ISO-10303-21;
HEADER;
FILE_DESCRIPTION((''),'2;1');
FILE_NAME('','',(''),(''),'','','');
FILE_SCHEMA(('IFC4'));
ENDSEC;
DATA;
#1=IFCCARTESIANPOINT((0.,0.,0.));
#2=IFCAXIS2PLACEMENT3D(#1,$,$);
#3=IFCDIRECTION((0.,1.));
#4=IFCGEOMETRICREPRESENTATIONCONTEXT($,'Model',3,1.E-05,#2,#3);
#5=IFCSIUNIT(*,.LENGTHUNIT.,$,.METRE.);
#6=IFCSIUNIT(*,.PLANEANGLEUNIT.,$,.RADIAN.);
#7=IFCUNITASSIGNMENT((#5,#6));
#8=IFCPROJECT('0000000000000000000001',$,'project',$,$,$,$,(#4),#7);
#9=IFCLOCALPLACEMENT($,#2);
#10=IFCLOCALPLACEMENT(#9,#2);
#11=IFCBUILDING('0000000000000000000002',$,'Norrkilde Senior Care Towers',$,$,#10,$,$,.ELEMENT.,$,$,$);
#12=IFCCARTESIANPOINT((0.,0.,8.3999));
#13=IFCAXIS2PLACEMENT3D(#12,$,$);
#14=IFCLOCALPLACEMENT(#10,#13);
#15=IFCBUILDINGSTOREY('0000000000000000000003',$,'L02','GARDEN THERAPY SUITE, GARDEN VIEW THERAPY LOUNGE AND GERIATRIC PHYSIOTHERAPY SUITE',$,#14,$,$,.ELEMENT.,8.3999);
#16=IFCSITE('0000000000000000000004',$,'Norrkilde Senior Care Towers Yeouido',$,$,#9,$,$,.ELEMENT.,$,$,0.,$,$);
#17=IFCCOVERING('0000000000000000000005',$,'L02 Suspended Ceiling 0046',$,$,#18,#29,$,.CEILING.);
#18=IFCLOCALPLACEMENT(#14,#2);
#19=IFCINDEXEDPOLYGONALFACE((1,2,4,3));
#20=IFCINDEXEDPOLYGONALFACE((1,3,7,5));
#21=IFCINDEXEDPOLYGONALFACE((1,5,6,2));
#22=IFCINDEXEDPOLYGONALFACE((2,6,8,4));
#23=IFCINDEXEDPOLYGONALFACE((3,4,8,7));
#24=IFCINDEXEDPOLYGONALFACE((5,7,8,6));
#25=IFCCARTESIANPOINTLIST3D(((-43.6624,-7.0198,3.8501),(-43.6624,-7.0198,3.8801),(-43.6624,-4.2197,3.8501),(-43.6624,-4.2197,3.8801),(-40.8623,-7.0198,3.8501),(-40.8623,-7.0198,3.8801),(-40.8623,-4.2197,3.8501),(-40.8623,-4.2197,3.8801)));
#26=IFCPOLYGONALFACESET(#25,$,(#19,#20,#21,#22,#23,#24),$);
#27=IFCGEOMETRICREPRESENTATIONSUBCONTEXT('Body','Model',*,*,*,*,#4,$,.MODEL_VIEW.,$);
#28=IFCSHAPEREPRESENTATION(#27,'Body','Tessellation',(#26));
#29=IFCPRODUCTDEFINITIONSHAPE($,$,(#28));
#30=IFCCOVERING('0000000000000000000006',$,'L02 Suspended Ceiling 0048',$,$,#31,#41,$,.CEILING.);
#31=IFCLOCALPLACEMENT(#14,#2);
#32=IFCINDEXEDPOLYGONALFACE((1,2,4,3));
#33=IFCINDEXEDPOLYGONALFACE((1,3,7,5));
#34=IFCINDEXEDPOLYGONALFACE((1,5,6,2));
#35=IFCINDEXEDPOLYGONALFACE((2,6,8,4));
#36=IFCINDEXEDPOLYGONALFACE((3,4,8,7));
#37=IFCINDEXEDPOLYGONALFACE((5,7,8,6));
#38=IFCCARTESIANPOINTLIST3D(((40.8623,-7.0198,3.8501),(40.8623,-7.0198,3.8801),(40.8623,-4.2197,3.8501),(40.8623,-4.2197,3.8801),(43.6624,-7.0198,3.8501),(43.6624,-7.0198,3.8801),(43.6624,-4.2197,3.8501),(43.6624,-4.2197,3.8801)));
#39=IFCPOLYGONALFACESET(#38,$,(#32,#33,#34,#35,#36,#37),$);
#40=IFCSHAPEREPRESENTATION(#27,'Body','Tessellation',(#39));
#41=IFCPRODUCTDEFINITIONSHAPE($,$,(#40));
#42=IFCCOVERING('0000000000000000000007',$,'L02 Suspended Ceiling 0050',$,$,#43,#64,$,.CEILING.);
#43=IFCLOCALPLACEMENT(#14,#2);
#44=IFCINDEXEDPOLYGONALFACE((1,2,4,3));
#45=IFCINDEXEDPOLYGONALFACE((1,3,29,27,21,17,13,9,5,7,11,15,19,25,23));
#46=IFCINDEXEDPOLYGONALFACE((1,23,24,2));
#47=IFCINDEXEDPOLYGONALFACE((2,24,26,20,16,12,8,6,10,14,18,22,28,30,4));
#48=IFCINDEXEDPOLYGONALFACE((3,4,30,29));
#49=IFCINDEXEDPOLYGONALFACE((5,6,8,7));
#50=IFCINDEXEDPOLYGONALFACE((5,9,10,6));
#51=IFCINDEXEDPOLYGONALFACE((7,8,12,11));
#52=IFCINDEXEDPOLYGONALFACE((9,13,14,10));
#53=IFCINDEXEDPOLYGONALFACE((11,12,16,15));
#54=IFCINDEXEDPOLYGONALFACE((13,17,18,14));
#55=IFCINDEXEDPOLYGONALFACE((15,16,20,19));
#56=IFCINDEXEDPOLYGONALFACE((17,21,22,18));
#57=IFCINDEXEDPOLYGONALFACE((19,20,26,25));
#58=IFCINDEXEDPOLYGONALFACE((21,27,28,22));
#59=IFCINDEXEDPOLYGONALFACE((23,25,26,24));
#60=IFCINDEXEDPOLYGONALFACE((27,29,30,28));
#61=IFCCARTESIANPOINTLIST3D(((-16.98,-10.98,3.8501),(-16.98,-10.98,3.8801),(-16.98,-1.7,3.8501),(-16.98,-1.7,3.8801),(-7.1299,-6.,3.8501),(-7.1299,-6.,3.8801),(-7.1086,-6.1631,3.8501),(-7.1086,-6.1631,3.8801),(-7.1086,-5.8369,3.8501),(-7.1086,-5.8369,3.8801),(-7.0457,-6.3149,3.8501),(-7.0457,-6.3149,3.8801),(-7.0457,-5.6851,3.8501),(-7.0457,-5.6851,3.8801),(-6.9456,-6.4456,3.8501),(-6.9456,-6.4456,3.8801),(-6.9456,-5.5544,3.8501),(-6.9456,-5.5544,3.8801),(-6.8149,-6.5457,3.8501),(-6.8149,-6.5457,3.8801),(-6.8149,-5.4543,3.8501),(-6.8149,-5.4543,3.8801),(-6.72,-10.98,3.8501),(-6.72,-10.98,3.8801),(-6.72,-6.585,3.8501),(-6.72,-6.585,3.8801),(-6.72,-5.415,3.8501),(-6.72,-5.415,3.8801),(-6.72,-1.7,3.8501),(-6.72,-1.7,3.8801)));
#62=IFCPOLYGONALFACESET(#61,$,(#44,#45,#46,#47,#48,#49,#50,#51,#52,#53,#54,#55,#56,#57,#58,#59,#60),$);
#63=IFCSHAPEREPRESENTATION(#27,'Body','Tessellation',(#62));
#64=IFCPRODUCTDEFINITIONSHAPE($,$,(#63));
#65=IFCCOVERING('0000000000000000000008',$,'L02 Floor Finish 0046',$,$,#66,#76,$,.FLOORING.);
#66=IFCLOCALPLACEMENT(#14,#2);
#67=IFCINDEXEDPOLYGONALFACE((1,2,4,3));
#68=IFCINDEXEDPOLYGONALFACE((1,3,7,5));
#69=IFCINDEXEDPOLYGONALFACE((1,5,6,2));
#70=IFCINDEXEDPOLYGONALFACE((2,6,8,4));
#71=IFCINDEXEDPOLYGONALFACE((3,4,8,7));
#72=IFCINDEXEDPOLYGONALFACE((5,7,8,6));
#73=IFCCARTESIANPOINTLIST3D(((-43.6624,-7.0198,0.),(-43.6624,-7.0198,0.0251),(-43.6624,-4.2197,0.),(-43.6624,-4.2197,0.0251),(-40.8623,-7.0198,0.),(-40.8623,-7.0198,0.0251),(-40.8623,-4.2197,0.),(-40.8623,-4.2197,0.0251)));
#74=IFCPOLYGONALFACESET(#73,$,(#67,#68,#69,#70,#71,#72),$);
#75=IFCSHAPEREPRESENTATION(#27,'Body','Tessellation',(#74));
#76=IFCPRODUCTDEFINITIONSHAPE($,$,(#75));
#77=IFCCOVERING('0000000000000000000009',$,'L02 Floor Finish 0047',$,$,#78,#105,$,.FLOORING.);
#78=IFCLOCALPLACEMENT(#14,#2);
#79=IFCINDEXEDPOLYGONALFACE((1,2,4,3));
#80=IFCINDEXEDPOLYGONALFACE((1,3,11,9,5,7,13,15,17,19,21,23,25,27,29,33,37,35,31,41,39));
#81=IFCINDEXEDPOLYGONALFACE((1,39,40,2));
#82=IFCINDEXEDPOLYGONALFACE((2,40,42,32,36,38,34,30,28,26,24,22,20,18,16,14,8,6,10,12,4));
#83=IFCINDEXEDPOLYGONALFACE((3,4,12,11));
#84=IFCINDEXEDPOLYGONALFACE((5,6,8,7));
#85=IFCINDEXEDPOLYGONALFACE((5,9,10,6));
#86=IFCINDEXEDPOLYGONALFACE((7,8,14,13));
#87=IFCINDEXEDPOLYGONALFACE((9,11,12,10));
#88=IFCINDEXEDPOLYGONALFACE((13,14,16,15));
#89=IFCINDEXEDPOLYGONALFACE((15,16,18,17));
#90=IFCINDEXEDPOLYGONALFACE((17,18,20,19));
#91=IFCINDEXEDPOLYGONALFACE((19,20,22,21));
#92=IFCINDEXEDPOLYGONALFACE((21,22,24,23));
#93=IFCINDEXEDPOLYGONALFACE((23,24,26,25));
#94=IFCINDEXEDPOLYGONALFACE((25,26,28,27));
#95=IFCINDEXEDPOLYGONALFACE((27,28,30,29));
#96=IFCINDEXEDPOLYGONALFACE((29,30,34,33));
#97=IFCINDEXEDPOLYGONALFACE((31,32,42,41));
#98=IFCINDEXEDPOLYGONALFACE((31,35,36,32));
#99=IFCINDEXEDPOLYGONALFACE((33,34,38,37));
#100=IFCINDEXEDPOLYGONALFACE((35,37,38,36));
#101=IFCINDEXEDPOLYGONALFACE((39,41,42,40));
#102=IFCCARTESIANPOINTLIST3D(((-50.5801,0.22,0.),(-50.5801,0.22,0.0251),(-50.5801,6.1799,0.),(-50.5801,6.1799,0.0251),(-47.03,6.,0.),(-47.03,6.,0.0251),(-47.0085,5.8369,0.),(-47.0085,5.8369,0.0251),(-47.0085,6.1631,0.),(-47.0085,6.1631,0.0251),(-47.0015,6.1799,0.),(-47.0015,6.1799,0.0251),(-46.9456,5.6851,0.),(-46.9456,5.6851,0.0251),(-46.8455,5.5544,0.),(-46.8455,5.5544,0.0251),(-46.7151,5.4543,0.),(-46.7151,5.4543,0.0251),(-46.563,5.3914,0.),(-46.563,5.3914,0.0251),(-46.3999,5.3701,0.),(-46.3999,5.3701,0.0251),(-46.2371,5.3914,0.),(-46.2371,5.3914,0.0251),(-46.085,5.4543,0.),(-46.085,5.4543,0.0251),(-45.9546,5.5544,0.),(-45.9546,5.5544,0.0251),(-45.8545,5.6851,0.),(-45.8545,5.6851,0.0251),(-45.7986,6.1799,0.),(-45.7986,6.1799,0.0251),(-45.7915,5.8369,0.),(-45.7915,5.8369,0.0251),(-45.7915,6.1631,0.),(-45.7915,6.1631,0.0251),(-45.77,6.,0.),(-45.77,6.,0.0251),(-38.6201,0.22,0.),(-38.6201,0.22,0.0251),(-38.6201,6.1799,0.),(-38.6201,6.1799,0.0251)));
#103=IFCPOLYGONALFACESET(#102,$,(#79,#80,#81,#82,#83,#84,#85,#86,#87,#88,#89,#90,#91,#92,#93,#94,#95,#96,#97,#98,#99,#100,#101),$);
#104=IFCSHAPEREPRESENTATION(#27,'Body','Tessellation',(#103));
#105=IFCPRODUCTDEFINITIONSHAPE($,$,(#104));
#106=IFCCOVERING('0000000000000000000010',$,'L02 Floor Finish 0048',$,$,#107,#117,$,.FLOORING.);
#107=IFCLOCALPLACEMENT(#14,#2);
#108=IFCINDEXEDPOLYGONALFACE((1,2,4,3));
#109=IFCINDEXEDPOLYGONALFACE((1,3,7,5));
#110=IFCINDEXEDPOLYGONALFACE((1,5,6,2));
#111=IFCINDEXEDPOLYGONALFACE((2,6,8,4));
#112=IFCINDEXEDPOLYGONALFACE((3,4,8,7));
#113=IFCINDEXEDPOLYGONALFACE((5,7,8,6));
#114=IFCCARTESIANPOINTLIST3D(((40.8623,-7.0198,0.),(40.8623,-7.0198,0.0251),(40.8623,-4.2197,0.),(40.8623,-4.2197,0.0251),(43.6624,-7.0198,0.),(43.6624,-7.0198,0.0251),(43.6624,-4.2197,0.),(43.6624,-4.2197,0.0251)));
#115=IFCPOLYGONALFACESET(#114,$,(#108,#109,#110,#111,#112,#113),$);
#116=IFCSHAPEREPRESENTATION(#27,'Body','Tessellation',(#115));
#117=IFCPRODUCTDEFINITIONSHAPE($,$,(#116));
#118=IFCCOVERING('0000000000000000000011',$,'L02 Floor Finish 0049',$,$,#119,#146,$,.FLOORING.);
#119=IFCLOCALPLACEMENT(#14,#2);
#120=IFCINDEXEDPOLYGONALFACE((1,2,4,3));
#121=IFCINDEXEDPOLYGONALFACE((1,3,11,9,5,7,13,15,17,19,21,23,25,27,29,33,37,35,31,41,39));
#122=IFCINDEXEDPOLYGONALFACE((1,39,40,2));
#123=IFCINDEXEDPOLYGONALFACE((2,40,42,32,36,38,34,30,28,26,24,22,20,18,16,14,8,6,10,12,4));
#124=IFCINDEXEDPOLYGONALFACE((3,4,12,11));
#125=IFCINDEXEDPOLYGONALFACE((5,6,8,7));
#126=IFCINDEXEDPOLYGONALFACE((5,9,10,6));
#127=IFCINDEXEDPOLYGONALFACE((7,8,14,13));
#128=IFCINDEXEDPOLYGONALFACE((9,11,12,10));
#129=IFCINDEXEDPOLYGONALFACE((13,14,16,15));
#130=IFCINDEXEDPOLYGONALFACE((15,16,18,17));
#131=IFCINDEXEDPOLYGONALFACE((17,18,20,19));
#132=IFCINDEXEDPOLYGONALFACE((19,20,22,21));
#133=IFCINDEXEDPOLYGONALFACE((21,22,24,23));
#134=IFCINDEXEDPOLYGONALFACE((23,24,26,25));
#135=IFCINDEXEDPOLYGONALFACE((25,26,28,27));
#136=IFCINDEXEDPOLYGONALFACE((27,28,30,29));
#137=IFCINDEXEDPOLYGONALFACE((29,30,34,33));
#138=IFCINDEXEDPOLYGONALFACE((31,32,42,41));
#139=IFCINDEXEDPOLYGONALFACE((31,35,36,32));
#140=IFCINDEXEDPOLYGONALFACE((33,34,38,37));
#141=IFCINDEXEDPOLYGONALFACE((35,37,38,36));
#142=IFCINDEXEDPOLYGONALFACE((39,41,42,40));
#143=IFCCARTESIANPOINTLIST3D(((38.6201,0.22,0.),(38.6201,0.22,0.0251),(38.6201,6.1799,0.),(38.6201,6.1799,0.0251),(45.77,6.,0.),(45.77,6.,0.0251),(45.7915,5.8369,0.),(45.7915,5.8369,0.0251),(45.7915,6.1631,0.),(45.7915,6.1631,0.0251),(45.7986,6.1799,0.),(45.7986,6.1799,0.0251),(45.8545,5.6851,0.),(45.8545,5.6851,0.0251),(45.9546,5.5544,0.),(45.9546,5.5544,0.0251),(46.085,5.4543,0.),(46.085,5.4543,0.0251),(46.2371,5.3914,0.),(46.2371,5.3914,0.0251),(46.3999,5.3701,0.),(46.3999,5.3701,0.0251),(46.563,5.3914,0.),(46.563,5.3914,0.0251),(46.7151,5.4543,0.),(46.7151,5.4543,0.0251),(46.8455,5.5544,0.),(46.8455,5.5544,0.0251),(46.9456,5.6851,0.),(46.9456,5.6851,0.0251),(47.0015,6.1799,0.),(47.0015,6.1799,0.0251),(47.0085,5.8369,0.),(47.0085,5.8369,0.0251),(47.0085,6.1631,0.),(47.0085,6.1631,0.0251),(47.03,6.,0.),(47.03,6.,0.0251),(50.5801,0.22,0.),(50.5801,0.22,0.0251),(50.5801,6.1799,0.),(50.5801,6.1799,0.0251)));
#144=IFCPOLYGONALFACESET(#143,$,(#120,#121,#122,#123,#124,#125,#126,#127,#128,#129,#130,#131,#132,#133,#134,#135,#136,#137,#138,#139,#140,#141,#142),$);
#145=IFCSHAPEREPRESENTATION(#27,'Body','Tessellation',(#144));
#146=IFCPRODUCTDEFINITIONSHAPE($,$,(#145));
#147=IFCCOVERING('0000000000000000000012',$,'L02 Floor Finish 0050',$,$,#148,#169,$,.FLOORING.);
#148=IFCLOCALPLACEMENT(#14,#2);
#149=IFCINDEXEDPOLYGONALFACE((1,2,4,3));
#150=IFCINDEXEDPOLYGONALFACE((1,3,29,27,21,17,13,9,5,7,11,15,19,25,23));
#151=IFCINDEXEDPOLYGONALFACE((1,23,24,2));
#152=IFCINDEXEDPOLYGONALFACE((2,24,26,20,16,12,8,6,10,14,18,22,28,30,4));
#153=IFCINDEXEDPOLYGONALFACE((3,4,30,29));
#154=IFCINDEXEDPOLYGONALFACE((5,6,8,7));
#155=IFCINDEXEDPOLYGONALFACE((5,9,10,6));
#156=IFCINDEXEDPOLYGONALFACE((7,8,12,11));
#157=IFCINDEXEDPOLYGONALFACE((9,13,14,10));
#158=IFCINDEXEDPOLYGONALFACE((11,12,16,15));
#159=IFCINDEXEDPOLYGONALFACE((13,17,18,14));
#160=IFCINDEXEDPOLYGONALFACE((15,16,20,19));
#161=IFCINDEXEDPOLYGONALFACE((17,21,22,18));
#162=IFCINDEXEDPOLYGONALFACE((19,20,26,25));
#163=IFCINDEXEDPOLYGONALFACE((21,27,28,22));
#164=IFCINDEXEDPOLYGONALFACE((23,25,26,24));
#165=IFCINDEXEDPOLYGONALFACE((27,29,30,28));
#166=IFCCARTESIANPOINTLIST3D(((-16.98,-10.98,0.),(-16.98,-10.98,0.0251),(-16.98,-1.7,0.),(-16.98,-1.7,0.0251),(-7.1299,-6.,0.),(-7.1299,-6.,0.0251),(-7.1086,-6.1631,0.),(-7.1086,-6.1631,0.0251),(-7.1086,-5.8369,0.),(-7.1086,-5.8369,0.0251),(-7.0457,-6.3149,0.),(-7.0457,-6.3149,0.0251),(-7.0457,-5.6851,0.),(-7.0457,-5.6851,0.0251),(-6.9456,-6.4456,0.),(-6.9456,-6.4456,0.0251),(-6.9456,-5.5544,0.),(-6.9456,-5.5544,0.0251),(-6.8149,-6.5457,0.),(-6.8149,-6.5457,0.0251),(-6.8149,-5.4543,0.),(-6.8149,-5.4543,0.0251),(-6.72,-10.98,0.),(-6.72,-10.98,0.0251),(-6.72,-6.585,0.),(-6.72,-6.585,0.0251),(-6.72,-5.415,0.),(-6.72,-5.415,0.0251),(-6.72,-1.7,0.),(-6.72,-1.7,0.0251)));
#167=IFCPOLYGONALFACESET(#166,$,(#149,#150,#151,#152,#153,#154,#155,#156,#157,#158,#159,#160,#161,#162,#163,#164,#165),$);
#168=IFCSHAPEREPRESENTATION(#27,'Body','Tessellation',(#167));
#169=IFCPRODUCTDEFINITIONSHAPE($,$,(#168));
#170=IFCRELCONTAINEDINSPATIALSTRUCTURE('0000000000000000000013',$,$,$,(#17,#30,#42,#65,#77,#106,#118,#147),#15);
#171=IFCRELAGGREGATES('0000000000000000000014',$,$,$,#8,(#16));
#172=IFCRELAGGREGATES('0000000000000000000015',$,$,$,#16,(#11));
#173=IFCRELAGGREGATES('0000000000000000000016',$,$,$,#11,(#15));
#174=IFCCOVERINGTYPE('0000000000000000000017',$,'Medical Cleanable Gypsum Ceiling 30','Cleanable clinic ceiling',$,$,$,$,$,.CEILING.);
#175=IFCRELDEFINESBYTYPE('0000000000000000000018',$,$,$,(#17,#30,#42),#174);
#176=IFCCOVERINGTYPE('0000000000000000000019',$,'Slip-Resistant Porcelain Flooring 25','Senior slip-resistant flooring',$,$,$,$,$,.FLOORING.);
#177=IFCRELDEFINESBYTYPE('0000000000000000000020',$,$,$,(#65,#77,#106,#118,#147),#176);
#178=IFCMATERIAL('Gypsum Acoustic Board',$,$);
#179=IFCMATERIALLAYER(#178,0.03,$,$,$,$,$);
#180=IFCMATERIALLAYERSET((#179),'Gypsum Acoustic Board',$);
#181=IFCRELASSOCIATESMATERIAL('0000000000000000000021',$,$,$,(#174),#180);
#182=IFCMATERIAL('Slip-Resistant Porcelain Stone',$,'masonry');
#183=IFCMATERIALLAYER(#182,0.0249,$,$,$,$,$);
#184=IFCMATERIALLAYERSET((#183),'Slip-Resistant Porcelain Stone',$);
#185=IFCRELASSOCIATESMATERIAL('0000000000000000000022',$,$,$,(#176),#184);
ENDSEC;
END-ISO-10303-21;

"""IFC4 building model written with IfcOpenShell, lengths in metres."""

from ifc_helpers import new_model, si_unit, direction, frame, origin, place, context, subcontext, project, spatial, polyline, outline, extrude, material, layer, layer_set, type_object, element, save


model = new_model("IFC4")

# Units and contexts
model_context = context("Model", 3, precision=1e-05, world=origin(), true_north=direction((0.0, 1.0)))
body_context = subcontext(model_context, "Body", "Model", "MODEL_VIEW")
ifc_project = project(units=[si_unit("LENGTHUNIT", "METRE"), si_unit("PLANEANGLEUNIT", "RADIAN")], contexts=[model_context])

# Site, building, storey
site_placement = place(None, origin())
site = spatial("IfcSite", under=ifc_project, at=site_placement, Name="Norrkilde Senior Care Towers Yeouido", CompositionType="ELEMENT", RefElevation=0.0)
building_placement = place(site_placement, origin())
building = spatial("IfcBuilding", under=site, at=building_placement, Name="Norrkilde Senior Care Towers", CompositionType="ELEMENT")
storey_placement = place(building_placement, frame((0.0, 0.0, 8.3999)))
storey = spatial("IfcBuildingStorey", under=building, at=storey_placement, Name="L02", Description="GARDEN THERAPY SUITE, GARDEN VIEW THERAPY LOUNGE AND GERIATRIC PHYSIOTHERAPY SUITE", CompositionType="ELEMENT", Elevation=8.3999)

# Coverings
ifc_material_1 = material(Name="Gypsum Acoustic Board")
ifc_layer_1 = layer(ifc_material_1, 0.03)
ifc_layer_set_1 = layer_set([ifc_layer_1], Name="Gypsum Acoustic Board")
covering_type_1 = type_object("IfcCoveringType", Name="Medical Cleanable Gypsum Ceiling 30", Description="Cleanable clinic ceiling", PredefinedType="CEILING", material=ifc_layer_set_1)
covering_1_placement = place(storey_placement, frame((0.0, 0.0, 3.8501)))
element("IfcCovering", 1, at=covering_1_placement, inside=storey, type_object=covering_type_1, Name="L02 Suspended Ceiling 0046", PredefinedType="CEILING", context=body_context, shape_type="SweptSolid", body=[
    extrude(outline(polyline([(-43.6624, -7.0198), (-43.6624, -4.2197), (-40.8623, -4.2197), (-40.8623, -7.0198), (-43.6624, -7.0198)])), origin(), (0.0, 0.0, 1.0), 0.03),
])
covering_2_placement = place(storey_placement, frame((0.0, 0.0, 3.8501)))
element("IfcCovering", 2, at=covering_2_placement, inside=storey, type_object=covering_type_1, Name="L02 Suspended Ceiling 0048", PredefinedType="CEILING", context=body_context, shape_type="SweptSolid", body=[
    extrude(outline(polyline([(40.8623, -7.0198), (40.8623, -4.2197), (43.6624, -4.2197), (43.6624, -7.0198), (40.8623, -7.0198)])), origin(), (0.0, 0.0, 1.0), 0.03),
])
covering_3_placement = place(storey_placement, frame((0.0, 0.0, 3.8501)))
element("IfcCovering", 3, at=covering_3_placement, inside=storey, type_object=covering_type_1, Name="L02 Suspended Ceiling 0050", PredefinedType="CEILING", context=body_context, shape_type="SweptSolid", body=[
    extrude(outline(polyline([(-6.72, -5.415), (-6.8149, -5.4543), (-6.9456, -5.5544), (-7.0457, -5.6851), (-7.1086, -5.8369), (-7.1299, -6.0), (-7.1086, -6.1631), (-7.0457, -6.3149), (-6.9456, -6.4456), (-6.8149, -6.5457), (-6.72, -6.585), (-6.72, -10.98), (-16.98, -10.98), (-16.98, -1.7), (-6.72, -1.7), (-6.72, -5.415)])), origin(), (0.0, 0.0, 1.0), 0.03),
])
ifc_material_2 = material(Name="Slip-Resistant Porcelain Stone", Category="masonry")
ifc_layer_2 = layer(ifc_material_2, 0.0249)
ifc_layer_set_2 = layer_set([ifc_layer_2], Name="Slip-Resistant Porcelain Stone")
covering_type_2 = type_object("IfcCoveringType", Name="Slip-Resistant Porcelain Flooring 25", Description="Senior slip-resistant flooring", PredefinedType="FLOORING", material=ifc_layer_set_2)
covering_4_placement = place(storey_placement, origin())
element("IfcCovering", 4, at=covering_4_placement, inside=storey, type_object=covering_type_2, Name="L02 Floor Finish 0046", PredefinedType="FLOORING", context=body_context, shape_type="SweptSolid", body=[
    extrude(outline(polyline([(-43.6624, -7.0198), (-43.6624, -4.2197), (-40.8623, -4.2197), (-40.8623, -7.0198), (-43.6624, -7.0198)])), origin(), (0.0, 0.0, 1.0), 0.0251),
])
covering_5_placement = place(storey_placement, origin())
element("IfcCovering", 5, at=covering_5_placement, inside=storey, type_object=covering_type_2, Name="L02 Floor Finish 0047", PredefinedType="FLOORING", context=body_context, shape_type="SweptSolid", body=[
    extrude(outline(polyline([(-38.6201, 0.22), (-50.5801, 0.22), (-50.5801, 6.1799), (-47.0015, 6.1799), (-47.0085, 6.1631), (-47.03, 6.0), (-47.0085, 5.8369), (-46.9456, 5.6851), (-46.8455, 5.5544), (-46.7151, 5.4543), (-46.563, 5.3914), (-46.3999, 5.3701), (-46.2371, 5.3914), (-46.085, 5.4543), (-45.9546, 5.5544), (-45.8545, 5.6851), (-45.7915, 5.8369), (-45.77, 6.0), (-45.7915, 6.1631), (-45.7986, 6.1799), (-38.6201, 6.1799), (-38.6201, 0.22)])), origin(), (0.0, 0.0, 1.0), 0.0251),
])
covering_6_placement = place(storey_placement, origin())
element("IfcCovering", 6, at=covering_6_placement, inside=storey, type_object=covering_type_2, Name="L02 Floor Finish 0048", PredefinedType="FLOORING", context=body_context, shape_type="SweptSolid", body=[
    extrude(outline(polyline([(40.8623, -7.0198), (40.8623, -4.2197), (43.6624, -4.2197), (43.6624, -7.0198), (40.8623, -7.0198)])), origin(), (0.0, 0.0, 1.0), 0.0251),
])
covering_7_placement = place(storey_placement, origin())
element("IfcCovering", 7, at=covering_7_placement, inside=storey, type_object=covering_type_2, Name="L02 Floor Finish 0049", PredefinedType="FLOORING", context=body_context, shape_type="SweptSolid", body=[
    extrude(outline(polyline([(50.5801, 0.22), (38.6201, 0.22), (38.6201, 6.1799), (45.7986, 6.1799), (45.7915, 6.1631), (45.77, 6.0), (45.7915, 5.8369), (45.8545, 5.6851), (45.9546, 5.5544), (46.085, 5.4543), (46.2371, 5.3914), (46.3999, 5.3701), (46.563, 5.3914), (46.7151, 5.4543), (46.8455, 5.5544), (46.9456, 5.6851), (47.0085, 5.8369), (47.03, 6.0), (47.0085, 6.1631), (47.0015, 6.1799), (50.5801, 6.1799), (50.5801, 0.22)])), origin(), (0.0, 0.0, 1.0), 0.0251),
])
covering_8_placement = place(storey_placement, origin())
element("IfcCovering", 8, at=covering_8_placement, inside=storey, type_object=covering_type_2, Name="L02 Floor Finish 0050", PredefinedType="FLOORING", context=body_context, shape_type="SweptSolid", body=[
    extrude(outline(polyline([(-6.72, -5.415), (-6.8149, -5.4543), (-6.9456, -5.5544), (-7.0457, -5.6851), (-7.1086, -5.8369), (-7.1299, -6.0), (-7.1086, -6.1631), (-7.0457, -6.3149), (-6.9456, -6.4456), (-6.8149, -6.5457), (-6.72, -6.585), (-6.72, -10.98), (-16.98, -10.98), (-16.98, -1.7), (-6.72, -1.7), (-6.72, -5.415)])), origin(), (0.0, 0.0, 1.0), 0.0251),
])

save(model, "model.ifc")
